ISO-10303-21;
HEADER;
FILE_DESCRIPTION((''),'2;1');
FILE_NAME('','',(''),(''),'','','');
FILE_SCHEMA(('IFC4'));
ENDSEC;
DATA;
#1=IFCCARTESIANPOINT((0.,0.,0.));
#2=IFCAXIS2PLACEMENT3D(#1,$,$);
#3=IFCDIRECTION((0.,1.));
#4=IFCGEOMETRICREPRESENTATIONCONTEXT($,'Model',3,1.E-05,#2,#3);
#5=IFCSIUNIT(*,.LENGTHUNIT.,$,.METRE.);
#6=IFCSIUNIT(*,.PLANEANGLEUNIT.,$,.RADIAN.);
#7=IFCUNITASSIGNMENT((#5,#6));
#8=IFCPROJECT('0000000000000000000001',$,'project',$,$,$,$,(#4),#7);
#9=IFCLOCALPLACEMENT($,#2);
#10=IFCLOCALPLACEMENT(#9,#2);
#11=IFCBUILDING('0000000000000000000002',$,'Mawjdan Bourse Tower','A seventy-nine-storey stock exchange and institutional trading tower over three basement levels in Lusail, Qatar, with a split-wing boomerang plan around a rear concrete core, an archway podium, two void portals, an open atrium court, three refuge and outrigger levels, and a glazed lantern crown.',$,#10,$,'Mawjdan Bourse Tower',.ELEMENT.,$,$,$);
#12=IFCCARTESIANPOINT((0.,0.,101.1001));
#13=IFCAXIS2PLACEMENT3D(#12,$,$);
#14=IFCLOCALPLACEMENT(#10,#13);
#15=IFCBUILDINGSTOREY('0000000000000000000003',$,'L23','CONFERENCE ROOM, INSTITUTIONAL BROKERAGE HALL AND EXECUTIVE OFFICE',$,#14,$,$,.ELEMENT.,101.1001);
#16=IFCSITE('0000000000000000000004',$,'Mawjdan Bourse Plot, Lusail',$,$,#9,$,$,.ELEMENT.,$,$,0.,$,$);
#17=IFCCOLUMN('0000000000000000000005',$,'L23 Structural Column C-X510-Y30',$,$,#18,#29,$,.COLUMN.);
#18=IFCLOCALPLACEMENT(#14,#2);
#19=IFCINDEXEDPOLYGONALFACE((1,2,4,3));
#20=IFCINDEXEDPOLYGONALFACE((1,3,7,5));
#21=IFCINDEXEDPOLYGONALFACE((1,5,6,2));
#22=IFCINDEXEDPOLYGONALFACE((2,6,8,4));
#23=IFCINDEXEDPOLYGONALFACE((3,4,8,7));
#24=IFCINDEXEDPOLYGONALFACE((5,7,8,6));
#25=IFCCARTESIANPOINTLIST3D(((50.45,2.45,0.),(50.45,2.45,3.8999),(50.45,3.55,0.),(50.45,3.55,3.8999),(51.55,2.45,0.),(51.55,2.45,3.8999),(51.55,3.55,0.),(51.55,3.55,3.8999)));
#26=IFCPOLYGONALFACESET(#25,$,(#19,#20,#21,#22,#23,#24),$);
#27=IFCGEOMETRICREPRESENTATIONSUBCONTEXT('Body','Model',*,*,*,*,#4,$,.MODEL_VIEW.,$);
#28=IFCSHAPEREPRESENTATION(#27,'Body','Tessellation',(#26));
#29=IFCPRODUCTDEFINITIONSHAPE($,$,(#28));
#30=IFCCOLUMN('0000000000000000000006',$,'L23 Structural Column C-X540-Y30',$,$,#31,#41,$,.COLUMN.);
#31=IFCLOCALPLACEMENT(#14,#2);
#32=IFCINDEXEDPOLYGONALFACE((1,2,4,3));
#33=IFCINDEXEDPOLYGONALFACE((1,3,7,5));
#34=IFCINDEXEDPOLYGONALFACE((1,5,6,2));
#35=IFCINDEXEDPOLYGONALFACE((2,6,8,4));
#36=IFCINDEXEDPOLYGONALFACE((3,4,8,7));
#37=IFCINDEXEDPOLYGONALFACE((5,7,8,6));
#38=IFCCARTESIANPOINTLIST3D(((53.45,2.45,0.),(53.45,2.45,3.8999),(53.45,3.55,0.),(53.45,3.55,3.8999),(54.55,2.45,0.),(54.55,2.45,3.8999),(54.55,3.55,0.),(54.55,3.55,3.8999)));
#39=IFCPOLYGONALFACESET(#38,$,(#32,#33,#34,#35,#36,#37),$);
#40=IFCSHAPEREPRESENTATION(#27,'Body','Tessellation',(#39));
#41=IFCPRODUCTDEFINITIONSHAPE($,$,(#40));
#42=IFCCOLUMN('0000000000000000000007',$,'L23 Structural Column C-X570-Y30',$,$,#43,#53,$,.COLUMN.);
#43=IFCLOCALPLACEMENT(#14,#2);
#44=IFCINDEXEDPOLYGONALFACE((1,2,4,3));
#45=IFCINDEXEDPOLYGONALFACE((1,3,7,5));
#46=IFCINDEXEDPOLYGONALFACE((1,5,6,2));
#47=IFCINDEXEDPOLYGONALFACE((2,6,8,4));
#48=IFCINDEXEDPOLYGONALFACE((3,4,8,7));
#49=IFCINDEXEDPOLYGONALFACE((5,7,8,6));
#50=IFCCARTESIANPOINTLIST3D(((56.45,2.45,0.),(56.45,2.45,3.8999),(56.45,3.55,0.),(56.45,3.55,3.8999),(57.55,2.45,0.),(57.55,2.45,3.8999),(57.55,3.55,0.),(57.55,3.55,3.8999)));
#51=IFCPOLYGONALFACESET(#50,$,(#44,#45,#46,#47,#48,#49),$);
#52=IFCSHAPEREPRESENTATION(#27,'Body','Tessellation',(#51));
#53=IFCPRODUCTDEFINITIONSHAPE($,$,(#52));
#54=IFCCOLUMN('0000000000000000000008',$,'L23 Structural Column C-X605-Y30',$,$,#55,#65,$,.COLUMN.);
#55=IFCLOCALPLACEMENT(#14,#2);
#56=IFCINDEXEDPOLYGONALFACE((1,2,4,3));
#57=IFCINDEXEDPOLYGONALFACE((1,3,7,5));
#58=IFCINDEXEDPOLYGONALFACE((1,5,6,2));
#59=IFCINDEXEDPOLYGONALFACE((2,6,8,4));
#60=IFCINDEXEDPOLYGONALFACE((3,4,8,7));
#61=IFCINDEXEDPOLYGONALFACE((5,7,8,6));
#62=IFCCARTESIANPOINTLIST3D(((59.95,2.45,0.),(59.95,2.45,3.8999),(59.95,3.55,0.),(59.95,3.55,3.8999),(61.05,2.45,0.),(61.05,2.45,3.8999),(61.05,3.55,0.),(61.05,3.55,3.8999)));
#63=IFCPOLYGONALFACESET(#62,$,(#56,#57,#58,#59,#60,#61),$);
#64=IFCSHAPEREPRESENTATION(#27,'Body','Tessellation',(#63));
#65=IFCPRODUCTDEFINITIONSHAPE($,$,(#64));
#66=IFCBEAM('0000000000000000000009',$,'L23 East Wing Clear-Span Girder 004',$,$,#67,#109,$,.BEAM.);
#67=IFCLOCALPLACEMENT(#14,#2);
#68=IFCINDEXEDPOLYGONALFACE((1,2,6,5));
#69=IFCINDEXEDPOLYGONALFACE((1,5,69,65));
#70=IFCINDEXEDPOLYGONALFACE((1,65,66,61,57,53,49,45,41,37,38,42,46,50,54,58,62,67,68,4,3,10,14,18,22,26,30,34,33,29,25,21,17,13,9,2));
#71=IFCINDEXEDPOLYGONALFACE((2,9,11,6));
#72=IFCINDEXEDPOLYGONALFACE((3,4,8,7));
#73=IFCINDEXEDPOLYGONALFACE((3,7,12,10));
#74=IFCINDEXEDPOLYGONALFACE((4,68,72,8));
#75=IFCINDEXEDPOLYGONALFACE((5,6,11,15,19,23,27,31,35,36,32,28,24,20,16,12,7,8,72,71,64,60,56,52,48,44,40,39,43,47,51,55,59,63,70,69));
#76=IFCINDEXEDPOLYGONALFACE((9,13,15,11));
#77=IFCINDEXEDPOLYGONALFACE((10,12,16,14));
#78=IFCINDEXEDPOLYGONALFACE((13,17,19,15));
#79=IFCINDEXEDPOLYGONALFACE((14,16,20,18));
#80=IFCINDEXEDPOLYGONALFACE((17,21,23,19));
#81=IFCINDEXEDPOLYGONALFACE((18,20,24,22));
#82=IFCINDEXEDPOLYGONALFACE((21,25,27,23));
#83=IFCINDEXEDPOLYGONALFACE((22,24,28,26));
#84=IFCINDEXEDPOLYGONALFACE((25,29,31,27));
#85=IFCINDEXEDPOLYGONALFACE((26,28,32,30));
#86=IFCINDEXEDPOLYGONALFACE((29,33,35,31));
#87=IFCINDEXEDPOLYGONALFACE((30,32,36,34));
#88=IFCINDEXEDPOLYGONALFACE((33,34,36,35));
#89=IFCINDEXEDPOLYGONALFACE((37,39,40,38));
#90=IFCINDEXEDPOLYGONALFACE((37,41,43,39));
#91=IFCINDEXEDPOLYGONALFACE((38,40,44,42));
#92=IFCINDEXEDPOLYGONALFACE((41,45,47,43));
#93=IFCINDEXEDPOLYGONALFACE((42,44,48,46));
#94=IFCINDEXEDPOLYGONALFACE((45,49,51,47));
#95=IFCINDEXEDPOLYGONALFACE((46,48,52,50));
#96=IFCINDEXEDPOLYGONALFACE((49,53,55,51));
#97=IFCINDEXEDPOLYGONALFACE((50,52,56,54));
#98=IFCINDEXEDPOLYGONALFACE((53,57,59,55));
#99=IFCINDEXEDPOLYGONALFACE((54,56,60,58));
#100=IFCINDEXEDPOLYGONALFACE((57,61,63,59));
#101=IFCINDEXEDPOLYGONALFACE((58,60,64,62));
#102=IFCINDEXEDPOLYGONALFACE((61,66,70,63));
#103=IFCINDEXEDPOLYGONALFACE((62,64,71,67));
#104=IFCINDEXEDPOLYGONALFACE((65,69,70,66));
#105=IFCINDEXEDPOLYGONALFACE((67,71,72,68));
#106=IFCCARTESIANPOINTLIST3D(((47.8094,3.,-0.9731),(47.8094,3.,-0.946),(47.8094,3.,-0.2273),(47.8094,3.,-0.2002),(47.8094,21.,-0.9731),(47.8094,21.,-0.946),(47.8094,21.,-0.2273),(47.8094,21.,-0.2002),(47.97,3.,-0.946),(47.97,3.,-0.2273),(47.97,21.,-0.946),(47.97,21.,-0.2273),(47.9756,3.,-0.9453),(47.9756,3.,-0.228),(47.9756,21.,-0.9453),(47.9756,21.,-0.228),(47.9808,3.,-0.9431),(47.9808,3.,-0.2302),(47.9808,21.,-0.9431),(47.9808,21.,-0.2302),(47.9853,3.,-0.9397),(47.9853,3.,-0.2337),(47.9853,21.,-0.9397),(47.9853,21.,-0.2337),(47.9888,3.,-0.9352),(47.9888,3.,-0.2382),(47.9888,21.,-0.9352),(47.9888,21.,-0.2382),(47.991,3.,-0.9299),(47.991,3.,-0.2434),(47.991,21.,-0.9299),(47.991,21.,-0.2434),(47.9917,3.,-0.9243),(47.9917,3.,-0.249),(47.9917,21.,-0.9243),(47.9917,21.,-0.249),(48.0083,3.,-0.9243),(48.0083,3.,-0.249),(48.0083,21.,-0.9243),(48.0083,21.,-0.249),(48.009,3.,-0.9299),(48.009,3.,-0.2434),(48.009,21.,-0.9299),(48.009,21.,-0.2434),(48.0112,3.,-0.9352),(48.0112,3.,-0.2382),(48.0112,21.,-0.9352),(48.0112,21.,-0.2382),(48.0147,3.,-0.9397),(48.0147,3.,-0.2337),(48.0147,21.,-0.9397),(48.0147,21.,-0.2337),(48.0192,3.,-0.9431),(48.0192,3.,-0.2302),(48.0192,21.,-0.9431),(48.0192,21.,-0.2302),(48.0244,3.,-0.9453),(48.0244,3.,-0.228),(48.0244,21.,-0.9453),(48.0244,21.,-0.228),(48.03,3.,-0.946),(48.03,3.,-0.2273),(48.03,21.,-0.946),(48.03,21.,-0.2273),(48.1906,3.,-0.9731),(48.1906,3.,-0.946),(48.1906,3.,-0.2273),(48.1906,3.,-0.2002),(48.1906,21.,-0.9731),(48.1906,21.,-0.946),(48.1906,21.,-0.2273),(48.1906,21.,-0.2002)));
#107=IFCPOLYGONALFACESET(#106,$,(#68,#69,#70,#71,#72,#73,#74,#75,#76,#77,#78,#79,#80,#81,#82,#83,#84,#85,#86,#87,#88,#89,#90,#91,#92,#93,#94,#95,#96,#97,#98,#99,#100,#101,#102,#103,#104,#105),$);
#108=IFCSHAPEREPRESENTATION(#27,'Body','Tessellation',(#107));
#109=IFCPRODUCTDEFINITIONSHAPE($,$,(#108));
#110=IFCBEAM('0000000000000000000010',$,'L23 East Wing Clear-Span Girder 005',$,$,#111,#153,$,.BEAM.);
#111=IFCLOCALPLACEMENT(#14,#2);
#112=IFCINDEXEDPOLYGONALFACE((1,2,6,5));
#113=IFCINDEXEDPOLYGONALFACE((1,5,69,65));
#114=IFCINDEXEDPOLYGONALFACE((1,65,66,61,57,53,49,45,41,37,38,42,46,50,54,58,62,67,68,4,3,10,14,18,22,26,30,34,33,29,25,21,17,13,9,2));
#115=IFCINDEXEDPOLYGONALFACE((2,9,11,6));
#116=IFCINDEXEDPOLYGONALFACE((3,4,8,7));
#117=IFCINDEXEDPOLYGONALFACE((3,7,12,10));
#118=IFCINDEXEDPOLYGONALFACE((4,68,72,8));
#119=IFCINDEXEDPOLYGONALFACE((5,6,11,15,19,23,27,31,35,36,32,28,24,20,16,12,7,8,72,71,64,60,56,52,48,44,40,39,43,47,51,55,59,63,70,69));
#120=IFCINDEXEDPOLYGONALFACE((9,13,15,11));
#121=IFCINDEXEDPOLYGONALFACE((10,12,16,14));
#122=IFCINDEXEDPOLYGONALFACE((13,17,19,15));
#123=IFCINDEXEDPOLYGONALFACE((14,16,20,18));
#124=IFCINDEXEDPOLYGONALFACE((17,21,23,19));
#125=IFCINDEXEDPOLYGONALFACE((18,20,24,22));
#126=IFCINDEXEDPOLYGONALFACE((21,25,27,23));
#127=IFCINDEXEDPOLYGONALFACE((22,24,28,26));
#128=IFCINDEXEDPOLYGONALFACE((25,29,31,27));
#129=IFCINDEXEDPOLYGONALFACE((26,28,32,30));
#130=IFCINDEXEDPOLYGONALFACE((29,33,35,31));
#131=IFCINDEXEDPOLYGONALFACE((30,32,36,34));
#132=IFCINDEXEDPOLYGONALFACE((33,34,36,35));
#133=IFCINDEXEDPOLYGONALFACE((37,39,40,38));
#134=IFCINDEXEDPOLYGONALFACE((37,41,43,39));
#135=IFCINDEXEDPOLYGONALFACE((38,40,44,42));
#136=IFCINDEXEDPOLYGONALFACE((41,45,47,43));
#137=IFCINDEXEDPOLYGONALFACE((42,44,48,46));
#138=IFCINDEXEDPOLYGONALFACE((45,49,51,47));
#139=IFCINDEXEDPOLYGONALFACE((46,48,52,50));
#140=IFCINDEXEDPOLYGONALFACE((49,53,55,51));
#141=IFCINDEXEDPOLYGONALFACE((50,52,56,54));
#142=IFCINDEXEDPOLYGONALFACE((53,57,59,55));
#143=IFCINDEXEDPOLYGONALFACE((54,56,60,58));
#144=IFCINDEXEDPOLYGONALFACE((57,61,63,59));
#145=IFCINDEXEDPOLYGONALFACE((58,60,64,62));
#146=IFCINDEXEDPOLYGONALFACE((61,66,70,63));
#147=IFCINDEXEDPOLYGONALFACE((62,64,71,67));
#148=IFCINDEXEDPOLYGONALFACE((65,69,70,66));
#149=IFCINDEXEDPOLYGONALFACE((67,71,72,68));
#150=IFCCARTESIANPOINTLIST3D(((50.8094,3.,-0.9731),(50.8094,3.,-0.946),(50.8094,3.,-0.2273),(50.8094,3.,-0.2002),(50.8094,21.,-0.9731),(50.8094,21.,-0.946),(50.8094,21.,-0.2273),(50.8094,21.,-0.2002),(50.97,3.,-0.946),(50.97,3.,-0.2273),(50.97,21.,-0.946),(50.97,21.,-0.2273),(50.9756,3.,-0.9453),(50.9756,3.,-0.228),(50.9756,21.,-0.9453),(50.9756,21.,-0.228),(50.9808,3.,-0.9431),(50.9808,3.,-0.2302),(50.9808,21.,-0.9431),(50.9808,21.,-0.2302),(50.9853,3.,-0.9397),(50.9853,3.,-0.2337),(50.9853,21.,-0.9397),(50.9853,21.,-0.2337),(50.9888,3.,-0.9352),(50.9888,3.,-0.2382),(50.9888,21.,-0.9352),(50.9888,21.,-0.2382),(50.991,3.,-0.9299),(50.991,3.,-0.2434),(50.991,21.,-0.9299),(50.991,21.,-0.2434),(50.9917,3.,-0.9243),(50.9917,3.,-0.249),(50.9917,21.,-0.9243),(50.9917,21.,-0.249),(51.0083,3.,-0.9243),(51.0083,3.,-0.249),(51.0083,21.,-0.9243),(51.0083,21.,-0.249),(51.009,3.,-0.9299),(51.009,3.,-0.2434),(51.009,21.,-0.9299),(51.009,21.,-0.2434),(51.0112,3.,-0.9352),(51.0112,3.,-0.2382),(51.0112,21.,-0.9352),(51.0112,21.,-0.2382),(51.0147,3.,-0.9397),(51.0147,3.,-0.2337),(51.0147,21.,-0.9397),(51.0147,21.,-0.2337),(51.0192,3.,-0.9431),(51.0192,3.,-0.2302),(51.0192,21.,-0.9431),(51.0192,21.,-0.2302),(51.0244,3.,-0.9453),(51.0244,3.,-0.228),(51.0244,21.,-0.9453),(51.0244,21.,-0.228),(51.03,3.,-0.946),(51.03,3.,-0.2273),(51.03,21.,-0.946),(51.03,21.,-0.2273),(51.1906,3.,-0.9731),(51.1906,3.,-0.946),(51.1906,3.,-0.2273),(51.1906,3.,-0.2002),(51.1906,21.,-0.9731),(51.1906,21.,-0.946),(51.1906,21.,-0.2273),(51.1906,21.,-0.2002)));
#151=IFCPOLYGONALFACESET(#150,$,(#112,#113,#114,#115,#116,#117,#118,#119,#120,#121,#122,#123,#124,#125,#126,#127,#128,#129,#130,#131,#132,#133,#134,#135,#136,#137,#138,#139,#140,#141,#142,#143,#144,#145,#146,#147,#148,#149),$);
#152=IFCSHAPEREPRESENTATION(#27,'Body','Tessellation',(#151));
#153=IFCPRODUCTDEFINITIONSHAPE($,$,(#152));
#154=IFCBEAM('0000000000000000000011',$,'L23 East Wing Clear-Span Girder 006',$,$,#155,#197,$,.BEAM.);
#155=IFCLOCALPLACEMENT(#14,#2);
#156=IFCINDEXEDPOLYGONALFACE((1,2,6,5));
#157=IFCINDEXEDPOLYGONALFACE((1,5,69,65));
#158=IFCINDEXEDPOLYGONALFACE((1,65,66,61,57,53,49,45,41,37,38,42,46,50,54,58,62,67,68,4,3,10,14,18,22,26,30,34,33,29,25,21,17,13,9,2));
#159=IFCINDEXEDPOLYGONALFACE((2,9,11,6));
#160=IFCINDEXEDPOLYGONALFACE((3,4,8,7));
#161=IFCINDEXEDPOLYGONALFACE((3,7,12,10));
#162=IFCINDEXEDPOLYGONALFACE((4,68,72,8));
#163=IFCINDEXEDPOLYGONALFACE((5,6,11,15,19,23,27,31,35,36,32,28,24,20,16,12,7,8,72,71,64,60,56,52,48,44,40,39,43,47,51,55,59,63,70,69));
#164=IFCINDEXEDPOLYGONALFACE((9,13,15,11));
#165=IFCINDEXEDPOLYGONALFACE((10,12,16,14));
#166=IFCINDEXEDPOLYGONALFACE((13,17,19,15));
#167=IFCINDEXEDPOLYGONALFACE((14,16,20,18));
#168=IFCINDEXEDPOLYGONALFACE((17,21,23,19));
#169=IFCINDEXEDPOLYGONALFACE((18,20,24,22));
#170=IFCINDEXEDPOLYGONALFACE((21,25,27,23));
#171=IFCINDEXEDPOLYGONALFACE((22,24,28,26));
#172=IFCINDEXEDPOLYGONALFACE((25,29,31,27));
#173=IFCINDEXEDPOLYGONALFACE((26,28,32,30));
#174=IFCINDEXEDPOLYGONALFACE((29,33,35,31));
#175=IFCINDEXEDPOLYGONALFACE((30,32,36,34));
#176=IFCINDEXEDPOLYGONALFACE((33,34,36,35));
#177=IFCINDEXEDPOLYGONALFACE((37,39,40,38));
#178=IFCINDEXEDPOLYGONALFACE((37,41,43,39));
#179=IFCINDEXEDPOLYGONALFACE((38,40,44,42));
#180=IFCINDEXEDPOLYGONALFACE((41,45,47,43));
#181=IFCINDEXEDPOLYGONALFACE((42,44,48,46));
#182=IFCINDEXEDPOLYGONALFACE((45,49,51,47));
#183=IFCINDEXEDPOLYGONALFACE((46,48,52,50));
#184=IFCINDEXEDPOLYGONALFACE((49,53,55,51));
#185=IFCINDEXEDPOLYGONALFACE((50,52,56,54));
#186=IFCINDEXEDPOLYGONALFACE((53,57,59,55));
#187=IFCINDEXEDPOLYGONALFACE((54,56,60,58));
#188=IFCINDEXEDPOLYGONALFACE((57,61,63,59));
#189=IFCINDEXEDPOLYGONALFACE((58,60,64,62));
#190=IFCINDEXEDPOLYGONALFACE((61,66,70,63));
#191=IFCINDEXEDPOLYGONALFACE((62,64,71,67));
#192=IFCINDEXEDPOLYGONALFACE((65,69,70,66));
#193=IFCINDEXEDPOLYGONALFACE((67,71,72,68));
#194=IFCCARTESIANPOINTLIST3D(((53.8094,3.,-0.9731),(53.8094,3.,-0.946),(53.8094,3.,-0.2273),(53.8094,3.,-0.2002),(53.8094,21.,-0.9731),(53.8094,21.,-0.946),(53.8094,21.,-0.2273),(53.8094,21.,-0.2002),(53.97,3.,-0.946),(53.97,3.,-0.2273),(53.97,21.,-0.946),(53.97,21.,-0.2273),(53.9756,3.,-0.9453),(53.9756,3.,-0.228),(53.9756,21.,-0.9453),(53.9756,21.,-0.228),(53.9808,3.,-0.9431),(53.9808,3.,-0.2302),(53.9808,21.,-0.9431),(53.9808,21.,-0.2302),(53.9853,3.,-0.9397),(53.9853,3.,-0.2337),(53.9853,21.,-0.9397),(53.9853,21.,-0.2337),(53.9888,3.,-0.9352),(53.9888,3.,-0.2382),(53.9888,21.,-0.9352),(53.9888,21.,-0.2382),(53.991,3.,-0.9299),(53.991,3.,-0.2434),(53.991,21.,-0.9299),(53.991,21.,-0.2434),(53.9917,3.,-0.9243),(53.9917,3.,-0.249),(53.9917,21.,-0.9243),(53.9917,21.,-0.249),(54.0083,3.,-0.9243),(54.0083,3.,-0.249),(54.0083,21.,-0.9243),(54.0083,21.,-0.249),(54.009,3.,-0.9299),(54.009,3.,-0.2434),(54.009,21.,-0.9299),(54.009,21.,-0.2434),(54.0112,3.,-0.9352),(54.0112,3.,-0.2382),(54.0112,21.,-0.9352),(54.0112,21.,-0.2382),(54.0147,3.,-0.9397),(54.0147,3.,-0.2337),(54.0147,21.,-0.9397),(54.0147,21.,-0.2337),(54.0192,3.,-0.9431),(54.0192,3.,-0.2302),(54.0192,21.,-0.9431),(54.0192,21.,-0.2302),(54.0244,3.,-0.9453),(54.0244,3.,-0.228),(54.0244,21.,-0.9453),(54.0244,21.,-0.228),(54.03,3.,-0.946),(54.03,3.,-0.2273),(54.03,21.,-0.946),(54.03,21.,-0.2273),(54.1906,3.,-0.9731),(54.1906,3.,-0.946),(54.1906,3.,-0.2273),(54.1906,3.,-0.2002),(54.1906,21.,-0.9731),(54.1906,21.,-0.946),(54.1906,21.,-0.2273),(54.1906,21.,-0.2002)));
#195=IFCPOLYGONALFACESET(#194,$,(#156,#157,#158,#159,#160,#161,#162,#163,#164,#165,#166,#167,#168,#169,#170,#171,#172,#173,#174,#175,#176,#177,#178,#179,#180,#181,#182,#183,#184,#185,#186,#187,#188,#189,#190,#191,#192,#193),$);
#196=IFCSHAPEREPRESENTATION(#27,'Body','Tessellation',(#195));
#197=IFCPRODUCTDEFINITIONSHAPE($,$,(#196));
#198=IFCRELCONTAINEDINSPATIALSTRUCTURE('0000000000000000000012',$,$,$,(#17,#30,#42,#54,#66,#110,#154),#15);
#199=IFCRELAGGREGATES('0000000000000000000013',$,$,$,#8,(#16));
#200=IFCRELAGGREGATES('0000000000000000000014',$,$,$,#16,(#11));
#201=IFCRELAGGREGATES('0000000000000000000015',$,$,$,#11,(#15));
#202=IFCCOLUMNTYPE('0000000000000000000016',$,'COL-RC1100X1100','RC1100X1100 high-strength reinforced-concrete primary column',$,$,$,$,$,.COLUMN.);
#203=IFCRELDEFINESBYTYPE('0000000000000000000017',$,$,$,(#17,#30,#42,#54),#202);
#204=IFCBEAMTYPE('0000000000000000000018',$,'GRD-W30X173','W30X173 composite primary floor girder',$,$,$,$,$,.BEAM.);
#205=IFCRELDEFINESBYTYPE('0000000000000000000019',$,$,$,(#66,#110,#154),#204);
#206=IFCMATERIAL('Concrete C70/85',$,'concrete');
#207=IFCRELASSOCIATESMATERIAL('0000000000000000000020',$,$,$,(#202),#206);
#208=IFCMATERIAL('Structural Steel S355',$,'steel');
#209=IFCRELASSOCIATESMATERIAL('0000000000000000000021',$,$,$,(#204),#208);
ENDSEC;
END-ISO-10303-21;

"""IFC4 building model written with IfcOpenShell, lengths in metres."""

from ifc_helpers import new_model, si_unit, direction, frame, origin, origin_2d, place, context, subcontext, project, spatial, rectangle, i_section, extrude, material, material_profile, profile_set, type_object, element, save


model = new_model("IFC4")

# Units and contexts
model_context = context("Model", 3, precision=1e-05, world=origin(), true_north=direction((0.0, 1.0)))
body_context = subcontext(model_context, "Body", "Model", "MODEL_VIEW")
ifc_project = project(units=[si_unit("LENGTHUNIT", "METRE"), si_unit("PLANEANGLEUNIT", "RADIAN")], contexts=[model_context])

# Site, building, storey
site_placement = place(None, origin())
site = spatial("IfcSite", under=ifc_project, at=site_placement, Name="Mawjdan Bourse Plot, Lusail", CompositionType="ELEMENT", RefElevation=0.0)
building_placement = place(site_placement, origin())
building = spatial("IfcBuilding", under=site, at=building_placement, Name="Mawjdan Bourse Tower", Description="A seventy-nine-storey stock exchange and institutional trading tower over three basement levels in Lusail, Qatar, with a split-wing boomerang plan around a rear concrete core, an archway podium, two void portals, an open atrium court, three refuge and outrigger levels, and a glazed lantern crown.", LongName="Mawjdan Bourse Tower", CompositionType="ELEMENT")
storey_placement = place(building_placement, frame((0.0, 0.0, 101.1001)))
storey = spatial("IfcBuildingStorey", under=building, at=storey_placement, Name="L23", Description="CONFERENCE ROOM, INSTITUTIONAL BROKERAGE HALL AND EXECUTIVE OFFICE", CompositionType="ELEMENT", Elevation=101.1001)

# Columns
ifc_material_1 = material(Name="Concrete C70/85", Category="concrete")
ifc_material_profile_1 = material_profile(ifc_material_1, rectangle(XDim=1.1001, YDim=1.1001, at=origin_2d()), Name="RC1100X1100")
ifc_profile_set_1 = profile_set([ifc_material_profile_1], Name="Concrete C70/85")
column_type = type_object("IfcColumnType", Name="COL-RC1100X1100", Description="RC1100X1100 high-strength reinforced-concrete primary column", PredefinedType="COLUMN", material=ifc_profile_set_1)
for number, where, z_axis, x_axis, name in (
    (1, (51.0, 3.0, 0.0), (0.0, 0.0, 1.0), (1.0, 0.0, 0.0), "L23 Structural Column C-X510-Y30"),
    (2, (54.0, 3.0, 0.0), (0.0, 0.0, 1.0), (1.0, 0.0, 0.0), "L23 Structural Column C-X540-Y30"),
    (3, (57.0, 3.0, 0.0), (0.0, 0.0, 1.0), (1.0, 0.0, 0.0), "L23 Structural Column C-X570-Y30"),
    (4, (60.5, 3.0, 0.0), (0.0, 0.0, 1.0), (1.0, 0.0, 0.0), "L23 Structural Column C-X605-Y30"),
):
    element("IfcColumn", number, at=place(storey_placement, frame(where, z_axis=z_axis, x_axis=x_axis)), inside=storey, type_object=column_type, Name=name, PredefinedType="COLUMN", context=body_context, shape_type="SweptSolid", body=[
        extrude(rectangle(XDim=1.1001, YDim=1.1001, at=origin_2d()), origin(), (0.0, 0.0, 1.0), 3.8999),
    ])

# Beams
ifc_material_2 = material(Name="Structural Steel S355", Category="steel")
ifc_material_profile_2 = material_profile(ifc_material_2, i_section(OverallWidth=0.3811, OverallDepth=0.7729, WebThickness=0.0166, FlangeThickness=0.0271, FilletRadius=0.0217, at=origin_2d()), Name="W30X173")
ifc_profile_set_2 = profile_set([ifc_material_profile_2], Name="Structural Steel S355")
beam_type_1 = type_object("IfcBeamType", Name="GRD-W30X173", Description="W30X173 composite primary floor girder", PredefinedType="BEAM", material=ifc_profile_set_2)
for number, where, z_axis, x_axis, name in (
    (5, (48.0, 3.0, -0.5867), (0.0, 1.0, 0.0), (-1.0, 0.0, 0.0), "L23 East Wing Clear-Span Girder 004"),
    (6, (51.0, 3.0, -0.5867), (0.0, 1.0, 0.0), (-1.0, 0.0, 0.0), "L23 East Wing Clear-Span Girder 005"),
    (7, (54.0, 3.0, -0.5867), (0.0, 1.0, 0.0), (-1.0, 0.0, 0.0), "L23 East Wing Clear-Span Girder 006"),
):
    element("IfcBeam", number, at=place(storey_placement, frame(where, z_axis=z_axis, x_axis=x_axis)), inside=storey, type_object=beam_type_1, Name=name, PredefinedType="BEAM", context=body_context, shape_type="SweptSolid", body=[
        extrude(i_section(OverallWidth=0.3811, OverallDepth=0.7729, WebThickness=0.0166, FlangeThickness=0.0271, FilletRadius=0.0217, at=origin_2d()), origin(), (0.0, 0.0, 1.0), 18.0),
    ])

save(model, "model.ifc")
